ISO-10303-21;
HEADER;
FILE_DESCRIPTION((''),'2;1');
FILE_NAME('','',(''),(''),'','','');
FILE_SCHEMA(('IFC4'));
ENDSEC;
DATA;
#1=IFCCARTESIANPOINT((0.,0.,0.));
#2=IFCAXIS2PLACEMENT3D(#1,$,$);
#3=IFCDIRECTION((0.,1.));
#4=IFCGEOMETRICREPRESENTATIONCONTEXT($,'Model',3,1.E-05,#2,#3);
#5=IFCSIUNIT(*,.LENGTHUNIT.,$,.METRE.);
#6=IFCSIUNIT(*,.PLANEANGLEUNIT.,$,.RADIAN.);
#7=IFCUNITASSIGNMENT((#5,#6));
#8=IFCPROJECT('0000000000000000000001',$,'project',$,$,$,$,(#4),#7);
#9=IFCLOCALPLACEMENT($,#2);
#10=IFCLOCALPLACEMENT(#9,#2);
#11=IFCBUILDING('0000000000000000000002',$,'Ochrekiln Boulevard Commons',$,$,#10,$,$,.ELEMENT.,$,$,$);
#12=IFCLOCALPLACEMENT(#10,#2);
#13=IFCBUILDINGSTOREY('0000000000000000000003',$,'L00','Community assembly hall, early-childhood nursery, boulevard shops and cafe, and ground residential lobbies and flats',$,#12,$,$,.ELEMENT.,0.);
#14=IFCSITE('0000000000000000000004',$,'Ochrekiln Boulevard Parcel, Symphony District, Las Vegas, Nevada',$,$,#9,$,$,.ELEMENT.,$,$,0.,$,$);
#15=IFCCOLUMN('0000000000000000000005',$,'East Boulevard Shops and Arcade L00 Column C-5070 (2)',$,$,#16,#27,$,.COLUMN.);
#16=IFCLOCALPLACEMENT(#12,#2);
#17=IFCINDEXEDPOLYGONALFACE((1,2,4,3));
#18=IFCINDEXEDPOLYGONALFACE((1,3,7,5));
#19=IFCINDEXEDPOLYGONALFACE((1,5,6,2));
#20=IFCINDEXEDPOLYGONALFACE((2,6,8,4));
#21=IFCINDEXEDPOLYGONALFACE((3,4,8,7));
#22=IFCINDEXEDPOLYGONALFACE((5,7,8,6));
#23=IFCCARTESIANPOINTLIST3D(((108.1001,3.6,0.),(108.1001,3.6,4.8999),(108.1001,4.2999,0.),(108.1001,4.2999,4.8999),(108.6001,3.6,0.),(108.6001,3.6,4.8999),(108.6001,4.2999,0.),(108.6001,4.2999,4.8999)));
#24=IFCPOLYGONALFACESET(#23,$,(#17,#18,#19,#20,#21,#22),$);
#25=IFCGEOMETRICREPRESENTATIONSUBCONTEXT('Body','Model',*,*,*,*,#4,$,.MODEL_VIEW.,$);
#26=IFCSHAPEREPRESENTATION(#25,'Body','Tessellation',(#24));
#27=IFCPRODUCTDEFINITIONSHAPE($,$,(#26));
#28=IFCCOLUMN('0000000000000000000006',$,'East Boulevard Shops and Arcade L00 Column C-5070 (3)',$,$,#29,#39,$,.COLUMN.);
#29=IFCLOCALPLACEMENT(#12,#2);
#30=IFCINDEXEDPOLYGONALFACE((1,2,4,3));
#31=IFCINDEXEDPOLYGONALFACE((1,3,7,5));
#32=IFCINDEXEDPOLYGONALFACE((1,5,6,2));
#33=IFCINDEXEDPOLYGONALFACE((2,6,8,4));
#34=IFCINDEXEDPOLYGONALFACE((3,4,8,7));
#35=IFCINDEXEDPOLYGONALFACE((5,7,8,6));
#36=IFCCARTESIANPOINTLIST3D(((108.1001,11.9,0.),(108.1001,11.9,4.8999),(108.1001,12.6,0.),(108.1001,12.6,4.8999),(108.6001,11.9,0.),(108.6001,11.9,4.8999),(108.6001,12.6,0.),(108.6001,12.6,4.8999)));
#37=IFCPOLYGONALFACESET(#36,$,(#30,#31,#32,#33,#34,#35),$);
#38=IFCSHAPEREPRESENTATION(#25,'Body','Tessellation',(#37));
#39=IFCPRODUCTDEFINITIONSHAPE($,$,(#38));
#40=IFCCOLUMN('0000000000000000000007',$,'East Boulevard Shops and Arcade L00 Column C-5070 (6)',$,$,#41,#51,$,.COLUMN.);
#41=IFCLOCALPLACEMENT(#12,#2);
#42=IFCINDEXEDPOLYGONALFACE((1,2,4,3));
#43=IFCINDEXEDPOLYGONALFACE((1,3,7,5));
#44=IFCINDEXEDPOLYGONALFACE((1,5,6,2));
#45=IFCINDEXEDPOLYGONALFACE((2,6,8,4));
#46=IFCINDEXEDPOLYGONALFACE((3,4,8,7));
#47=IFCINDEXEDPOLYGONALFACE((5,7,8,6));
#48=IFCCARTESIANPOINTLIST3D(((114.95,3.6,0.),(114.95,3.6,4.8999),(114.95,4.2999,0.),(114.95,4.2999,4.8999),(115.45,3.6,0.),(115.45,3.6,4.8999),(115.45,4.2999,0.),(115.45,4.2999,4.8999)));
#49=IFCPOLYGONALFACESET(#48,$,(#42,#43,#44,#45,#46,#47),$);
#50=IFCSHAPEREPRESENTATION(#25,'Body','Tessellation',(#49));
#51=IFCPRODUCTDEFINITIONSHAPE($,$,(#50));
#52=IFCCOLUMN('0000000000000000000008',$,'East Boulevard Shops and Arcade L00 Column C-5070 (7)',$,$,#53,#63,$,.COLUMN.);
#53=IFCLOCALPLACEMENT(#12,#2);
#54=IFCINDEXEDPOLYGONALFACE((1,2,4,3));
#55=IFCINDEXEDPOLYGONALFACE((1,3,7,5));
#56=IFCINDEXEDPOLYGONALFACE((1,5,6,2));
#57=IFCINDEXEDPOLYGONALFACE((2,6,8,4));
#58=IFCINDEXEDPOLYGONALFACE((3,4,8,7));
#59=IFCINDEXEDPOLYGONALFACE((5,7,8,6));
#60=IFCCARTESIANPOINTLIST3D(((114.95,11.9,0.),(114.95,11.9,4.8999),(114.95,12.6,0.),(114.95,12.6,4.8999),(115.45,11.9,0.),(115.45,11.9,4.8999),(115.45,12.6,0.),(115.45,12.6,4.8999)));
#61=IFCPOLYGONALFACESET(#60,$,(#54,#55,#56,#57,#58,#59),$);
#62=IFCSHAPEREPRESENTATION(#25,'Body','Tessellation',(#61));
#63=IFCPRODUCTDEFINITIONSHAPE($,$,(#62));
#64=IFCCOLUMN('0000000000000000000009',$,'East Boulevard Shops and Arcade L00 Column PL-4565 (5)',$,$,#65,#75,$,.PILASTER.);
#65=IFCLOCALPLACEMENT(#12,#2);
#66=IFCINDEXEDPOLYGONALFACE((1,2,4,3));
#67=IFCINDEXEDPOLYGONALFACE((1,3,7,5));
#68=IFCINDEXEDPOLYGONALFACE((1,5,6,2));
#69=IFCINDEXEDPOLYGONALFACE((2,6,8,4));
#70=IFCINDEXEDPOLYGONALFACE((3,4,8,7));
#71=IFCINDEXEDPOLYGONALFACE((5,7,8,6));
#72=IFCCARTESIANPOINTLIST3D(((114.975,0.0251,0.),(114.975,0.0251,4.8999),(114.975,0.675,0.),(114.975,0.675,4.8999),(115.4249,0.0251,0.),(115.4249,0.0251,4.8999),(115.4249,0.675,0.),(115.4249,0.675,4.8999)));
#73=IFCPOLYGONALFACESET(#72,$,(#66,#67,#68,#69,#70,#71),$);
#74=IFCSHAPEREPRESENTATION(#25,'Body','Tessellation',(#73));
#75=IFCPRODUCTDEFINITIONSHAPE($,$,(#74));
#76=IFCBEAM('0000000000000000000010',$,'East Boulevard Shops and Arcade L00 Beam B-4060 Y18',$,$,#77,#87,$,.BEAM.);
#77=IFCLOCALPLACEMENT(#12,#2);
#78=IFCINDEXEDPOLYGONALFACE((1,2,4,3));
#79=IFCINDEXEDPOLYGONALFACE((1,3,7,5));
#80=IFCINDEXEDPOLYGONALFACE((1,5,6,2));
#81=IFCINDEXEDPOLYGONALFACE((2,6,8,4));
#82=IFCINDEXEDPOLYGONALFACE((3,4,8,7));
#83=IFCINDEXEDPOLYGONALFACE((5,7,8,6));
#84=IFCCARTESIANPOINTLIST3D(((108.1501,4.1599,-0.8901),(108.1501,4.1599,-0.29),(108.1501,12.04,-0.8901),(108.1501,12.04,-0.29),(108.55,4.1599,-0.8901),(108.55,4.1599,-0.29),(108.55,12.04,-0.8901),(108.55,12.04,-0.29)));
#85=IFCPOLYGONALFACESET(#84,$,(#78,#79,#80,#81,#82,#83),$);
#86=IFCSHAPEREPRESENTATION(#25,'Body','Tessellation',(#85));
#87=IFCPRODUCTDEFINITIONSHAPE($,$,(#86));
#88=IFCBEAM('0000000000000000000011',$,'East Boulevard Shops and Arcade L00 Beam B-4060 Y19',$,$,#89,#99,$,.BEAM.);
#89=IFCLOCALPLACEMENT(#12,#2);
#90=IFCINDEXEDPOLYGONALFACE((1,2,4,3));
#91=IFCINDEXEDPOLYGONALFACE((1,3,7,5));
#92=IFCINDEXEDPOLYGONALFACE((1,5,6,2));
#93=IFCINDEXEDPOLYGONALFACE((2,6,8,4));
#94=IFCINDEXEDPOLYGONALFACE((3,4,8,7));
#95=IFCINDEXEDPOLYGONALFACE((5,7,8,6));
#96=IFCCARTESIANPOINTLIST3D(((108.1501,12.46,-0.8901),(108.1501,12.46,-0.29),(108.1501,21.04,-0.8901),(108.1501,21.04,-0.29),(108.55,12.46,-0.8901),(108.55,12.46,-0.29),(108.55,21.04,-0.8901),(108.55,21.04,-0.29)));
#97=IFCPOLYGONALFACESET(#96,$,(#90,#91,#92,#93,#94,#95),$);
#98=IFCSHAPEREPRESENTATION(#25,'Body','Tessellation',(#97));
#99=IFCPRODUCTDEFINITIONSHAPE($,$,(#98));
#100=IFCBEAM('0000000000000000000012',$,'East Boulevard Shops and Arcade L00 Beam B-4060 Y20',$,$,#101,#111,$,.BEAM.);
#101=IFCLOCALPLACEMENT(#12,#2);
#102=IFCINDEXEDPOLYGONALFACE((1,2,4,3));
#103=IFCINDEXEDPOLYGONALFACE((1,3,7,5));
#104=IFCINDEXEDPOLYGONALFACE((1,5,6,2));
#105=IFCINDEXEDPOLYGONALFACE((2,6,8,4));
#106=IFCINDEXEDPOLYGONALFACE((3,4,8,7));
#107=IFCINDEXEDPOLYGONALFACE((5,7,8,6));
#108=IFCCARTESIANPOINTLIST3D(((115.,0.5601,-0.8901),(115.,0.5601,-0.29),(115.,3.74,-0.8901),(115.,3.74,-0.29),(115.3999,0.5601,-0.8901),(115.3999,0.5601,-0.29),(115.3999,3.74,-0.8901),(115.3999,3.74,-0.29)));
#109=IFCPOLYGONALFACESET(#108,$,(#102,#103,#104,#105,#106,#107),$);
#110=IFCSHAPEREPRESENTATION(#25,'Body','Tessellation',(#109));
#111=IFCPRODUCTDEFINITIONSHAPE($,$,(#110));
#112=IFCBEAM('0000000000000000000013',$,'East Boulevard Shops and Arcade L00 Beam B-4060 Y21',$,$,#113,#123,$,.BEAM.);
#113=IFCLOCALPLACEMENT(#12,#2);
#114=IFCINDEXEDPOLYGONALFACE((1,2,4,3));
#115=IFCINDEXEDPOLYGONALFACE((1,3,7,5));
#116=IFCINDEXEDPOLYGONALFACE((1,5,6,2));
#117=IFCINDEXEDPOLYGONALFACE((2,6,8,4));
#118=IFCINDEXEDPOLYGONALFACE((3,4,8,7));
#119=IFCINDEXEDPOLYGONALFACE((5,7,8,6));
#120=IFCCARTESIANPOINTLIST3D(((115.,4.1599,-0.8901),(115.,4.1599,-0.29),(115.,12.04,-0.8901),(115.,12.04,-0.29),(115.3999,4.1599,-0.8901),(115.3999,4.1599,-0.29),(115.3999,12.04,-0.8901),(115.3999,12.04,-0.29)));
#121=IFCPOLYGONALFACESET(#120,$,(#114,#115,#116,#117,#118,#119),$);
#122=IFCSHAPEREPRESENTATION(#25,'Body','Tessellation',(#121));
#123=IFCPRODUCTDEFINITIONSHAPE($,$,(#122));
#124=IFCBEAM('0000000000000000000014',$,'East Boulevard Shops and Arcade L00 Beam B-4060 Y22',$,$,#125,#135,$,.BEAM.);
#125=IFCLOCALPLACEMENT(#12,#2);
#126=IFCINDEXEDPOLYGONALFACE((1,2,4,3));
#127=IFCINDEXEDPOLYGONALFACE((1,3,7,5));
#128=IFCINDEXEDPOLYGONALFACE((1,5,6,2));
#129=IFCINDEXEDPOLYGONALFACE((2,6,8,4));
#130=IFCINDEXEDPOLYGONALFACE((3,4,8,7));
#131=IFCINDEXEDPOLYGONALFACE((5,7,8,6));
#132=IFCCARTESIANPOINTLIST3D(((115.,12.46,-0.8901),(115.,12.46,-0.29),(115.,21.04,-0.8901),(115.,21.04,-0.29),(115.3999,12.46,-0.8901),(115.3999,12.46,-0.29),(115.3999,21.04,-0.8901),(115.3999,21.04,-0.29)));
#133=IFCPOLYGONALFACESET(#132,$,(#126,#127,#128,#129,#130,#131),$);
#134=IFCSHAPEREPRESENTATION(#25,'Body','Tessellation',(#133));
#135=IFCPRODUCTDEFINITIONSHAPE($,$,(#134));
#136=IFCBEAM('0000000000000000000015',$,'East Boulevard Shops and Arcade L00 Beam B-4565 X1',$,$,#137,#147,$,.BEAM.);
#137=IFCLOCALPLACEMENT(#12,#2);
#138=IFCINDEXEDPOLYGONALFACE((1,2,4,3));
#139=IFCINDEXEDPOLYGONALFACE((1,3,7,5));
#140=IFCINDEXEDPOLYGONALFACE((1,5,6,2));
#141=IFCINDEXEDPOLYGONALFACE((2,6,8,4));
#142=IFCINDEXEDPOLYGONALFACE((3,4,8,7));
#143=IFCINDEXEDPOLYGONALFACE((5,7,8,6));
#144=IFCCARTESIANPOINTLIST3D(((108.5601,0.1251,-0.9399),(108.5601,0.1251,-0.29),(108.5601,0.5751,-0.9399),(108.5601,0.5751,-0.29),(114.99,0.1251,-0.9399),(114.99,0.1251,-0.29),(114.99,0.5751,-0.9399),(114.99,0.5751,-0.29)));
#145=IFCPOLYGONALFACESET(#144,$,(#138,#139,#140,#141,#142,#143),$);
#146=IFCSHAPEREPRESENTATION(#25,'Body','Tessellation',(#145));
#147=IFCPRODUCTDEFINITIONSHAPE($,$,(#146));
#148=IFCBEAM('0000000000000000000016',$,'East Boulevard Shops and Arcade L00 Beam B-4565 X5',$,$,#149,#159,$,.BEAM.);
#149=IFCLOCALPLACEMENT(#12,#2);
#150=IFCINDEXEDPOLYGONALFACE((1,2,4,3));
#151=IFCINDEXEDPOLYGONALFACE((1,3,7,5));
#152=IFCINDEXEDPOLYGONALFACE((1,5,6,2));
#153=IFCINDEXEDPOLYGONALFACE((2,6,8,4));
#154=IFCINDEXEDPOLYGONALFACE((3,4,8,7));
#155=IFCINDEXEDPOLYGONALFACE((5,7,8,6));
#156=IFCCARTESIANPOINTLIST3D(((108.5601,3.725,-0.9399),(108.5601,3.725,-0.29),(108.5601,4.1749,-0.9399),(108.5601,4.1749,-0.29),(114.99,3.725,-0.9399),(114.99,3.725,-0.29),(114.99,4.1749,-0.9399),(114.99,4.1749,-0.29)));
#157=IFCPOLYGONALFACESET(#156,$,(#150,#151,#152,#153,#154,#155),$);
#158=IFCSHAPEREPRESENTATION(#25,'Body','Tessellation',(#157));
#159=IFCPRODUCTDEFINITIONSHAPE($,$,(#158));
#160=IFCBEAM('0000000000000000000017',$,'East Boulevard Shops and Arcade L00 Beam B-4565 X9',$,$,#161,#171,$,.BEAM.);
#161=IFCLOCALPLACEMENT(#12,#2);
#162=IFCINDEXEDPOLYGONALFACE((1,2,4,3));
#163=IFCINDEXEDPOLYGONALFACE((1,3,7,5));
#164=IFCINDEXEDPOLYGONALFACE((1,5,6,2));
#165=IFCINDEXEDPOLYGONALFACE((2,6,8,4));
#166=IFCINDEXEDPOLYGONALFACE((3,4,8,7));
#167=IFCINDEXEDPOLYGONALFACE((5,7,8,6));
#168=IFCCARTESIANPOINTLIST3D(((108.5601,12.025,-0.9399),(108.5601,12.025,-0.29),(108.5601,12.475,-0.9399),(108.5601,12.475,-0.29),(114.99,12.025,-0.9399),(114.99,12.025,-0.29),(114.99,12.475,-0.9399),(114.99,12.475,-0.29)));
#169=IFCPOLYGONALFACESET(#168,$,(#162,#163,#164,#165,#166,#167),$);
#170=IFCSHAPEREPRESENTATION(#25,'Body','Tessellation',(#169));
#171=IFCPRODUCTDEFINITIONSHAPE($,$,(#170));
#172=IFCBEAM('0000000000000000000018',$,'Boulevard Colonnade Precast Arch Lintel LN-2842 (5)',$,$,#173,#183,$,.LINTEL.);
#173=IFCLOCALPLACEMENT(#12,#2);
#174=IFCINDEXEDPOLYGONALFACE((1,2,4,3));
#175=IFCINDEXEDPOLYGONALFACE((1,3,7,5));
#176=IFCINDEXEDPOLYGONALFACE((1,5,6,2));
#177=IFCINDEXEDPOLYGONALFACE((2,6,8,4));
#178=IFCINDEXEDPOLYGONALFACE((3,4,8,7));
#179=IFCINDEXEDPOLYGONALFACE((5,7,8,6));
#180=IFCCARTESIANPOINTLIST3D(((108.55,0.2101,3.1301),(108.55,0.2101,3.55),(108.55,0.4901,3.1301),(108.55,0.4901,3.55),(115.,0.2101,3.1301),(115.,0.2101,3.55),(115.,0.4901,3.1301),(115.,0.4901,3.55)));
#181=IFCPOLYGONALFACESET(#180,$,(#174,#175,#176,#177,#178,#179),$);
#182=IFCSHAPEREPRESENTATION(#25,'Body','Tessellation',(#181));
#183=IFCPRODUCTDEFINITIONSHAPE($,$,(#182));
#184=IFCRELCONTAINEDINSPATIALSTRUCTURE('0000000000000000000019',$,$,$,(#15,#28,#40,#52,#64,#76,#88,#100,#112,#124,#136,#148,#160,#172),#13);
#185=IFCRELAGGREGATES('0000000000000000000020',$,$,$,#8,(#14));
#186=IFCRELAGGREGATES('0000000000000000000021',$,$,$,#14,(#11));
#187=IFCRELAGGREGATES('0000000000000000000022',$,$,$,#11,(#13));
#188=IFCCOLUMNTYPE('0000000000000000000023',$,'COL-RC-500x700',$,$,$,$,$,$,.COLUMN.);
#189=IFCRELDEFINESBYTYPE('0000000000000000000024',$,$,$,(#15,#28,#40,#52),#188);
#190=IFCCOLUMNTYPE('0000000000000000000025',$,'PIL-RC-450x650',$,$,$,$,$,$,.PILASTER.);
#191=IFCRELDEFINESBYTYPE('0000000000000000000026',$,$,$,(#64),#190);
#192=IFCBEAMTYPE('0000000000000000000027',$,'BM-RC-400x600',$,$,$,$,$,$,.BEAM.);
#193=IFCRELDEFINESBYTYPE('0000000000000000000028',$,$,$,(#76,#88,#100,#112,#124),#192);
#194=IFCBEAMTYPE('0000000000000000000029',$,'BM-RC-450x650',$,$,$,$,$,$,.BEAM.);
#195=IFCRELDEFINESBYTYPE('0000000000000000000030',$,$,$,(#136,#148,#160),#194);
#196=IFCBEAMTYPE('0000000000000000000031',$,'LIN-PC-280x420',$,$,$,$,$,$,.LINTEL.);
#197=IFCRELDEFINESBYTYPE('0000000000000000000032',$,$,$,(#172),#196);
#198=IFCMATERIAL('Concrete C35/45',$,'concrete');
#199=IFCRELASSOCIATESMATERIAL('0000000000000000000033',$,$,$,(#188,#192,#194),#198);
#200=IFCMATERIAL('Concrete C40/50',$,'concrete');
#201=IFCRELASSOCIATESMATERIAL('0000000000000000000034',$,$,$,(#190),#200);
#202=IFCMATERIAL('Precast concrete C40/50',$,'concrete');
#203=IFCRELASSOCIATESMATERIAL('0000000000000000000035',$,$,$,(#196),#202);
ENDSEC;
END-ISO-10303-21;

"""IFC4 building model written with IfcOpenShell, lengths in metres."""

from ifc_helpers import new_model, si_unit, direction, frame, origin, origin_2d, place, context, subcontext, project, spatial, rectangle, extrude, material, material_profile, profile_set, type_object, element, save


model = new_model("IFC4")

# Units and contexts
model_context = context("Model", 3, precision=1e-05, world=origin(), true_north=direction((0.0, 1.0)))
body_context = subcontext(model_context, "Body", "Model", "MODEL_VIEW")
ifc_project = project(units=[si_unit("LENGTHUNIT", "METRE"), si_unit("PLANEANGLEUNIT", "RADIAN")], contexts=[model_context])

# Site, building, storey
site_placement = place(None, origin())
site = spatial("IfcSite", under=ifc_project, at=site_placement, Name="Ochrekiln Boulevard Parcel, Symphony District, Las Vegas, Nevada", CompositionType="ELEMENT", RefElevation=0.0)
building_placement = place(site_placement, origin())
building = spatial("IfcBuilding", under=site, at=building_placement, Name="Ochrekiln Boulevard Commons", CompositionType="ELEMENT")
storey_placement = place(building_placement, origin())
storey = spatial("IfcBuildingStorey", under=building, at=storey_placement, Name="L00", Description="Community assembly hall, early-childhood nursery, boulevard shops and cafe, and ground residential lobbies and flats", CompositionType="ELEMENT", Elevation=0.0)

# Columns
ifc_material_1 = material(Name="Concrete C35/45", Category="concrete")
ifc_material_profile_1 = material_profile(ifc_material_1, rectangle(XDim=0.5, YDim=0.7, at=origin_2d()), Name="RC-COL-500x700")
ifc_profile_set_1 = profile_set([ifc_material_profile_1], Name="Concrete C35/45")
column_type_1 = type_object("IfcColumnType", Name="COL-RC-500x700", PredefinedType="COLUMN", material=ifc_profile_set_1)
for number, where, z_axis, x_axis, name in (
    (1, (108.3501, 3.95, 0.0), (0.0, 0.0, 1.0), (1.0, 0.0, 0.0), "East Boulevard Shops and Arcade L00 Column C-5070 (2)"),
    (2, (108.3501, 12.25, 0.0), (0.0, 0.0, 1.0), (1.0, 0.0, 0.0), "East Boulevard Shops and Arcade L00 Column C-5070 (3)"),
    (3, (115.2, 3.95, 0.0), (0.0, 0.0, 1.0), (1.0, 0.0, 0.0), "East Boulevard Shops and Arcade L00 Column C-5070 (6)"),
    (4, (115.2, 12.25, 0.0), (0.0, 0.0, 1.0), (1.0, 0.0, 0.0), "East Boulevard Shops and Arcade L00 Column C-5070 (7)"),
):
    element("IfcColumn", number, at=place(storey_placement, frame(where, z_axis=z_axis, x_axis=x_axis)), inside=storey, type_object=column_type_1, Name=name, PredefinedType="COLUMN", context=body_context, shape_type="SweptSolid", body=[
        extrude(rectangle(XDim=0.5, YDim=0.7, at=origin_2d()), origin(), (0.0, 0.0, 1.0), 4.8999),
    ])
ifc_material_2 = material(Name="Concrete C40/50", Category="concrete")
ifc_material_profile_2 = material_profile(ifc_material_2, rectangle(XDim=0.45, YDim=0.6499, at=origin_2d()), Name="RC-PIL-450x650")
ifc_profile_set_2 = profile_set([ifc_material_profile_2], Name="Concrete C40/50")
column_type_2 = type_object("IfcColumnType", Name="PIL-RC-450x650", PredefinedType="PILASTER", material=ifc_profile_set_2)
column_placement = place(storey_placement, frame((115.2, 0.3501, 0.0), z_axis=(0.0, 0.0, 1.0), x_axis=(1.0, 0.0, 0.0)))
element("IfcColumn", 5, at=column_placement, inside=storey, type_object=column_type_2, Name="East Boulevard Shops and Arcade L00 Column PL-4565 (5)", PredefinedType="PILASTER", context=body_context, shape_type="SweptSolid", body=[
    extrude(rectangle(XDim=0.45, YDim=0.6499, at=origin_2d()), origin(), (0.0, 0.0, 1.0), 4.8999),
])

# Beams
ifc_material_profile_3 = material_profile(ifc_material_1, rectangle(XDim=0.3999, YDim=0.6001, at=origin_2d()), Name="RC-BM-400x600")
ifc_profile_set_3 = profile_set([ifc_material_profile_3], Name="Concrete C35/45")
beam_type_1 = type_object("IfcBeamType", Name="BM-RC-400x600", PredefinedType="BEAM", material=ifc_profile_set_3)
beam_1_placement = place(storey_placement, frame((108.3501, 4.1599, -0.5901), z_axis=(0.0, 1.0, 0.0), x_axis=(-1.0, 0.0, 0.0)))
element("IfcBeam", 6, at=beam_1_placement, inside=storey, type_object=beam_type_1, Name="East Boulevard Shops and Arcade L00 Beam B-4060 Y18", PredefinedType="BEAM", context=body_context, shape_type="SweptSolid", body=[
    extrude(rectangle(XDim=0.3999, YDim=0.6001, at=origin_2d()), origin(), (0.0, 0.0, 1.0), 7.8801),
])
beam_2_placement = place(storey_placement, frame((108.3501, 12.46, -0.5901), z_axis=(0.0, 1.0, 0.0), x_axis=(-1.0, 0.0, 0.0)))
element("IfcBeam", 7, at=beam_2_placement, inside=storey, type_object=beam_type_1, Name="East Boulevard Shops and Arcade L00 Beam B-4060 Y19", PredefinedType="BEAM", context=body_context, shape_type="SweptSolid", body=[
    extrude(rectangle(XDim=0.3999, YDim=0.6001, at=origin_2d()), origin(), (0.0, 0.0, 1.0), 8.5801),
])
beam_3_placement = place(storey_placement, frame((115.2, 0.5601, -0.5901), z_axis=(0.0, 1.0, 0.0), x_axis=(-1.0, 0.0, 0.0)))
element("IfcBeam", 8, at=beam_3_placement, inside=storey, type_object=beam_type_1, Name="East Boulevard Shops and Arcade L00 Beam B-4060 Y20", PredefinedType="BEAM", context=body_context, shape_type="SweptSolid", body=[
    extrude(rectangle(XDim=0.3999, YDim=0.6001, at=origin_2d()), origin(), (0.0, 0.0, 1.0), 3.1799),
])
beam_4_placement = place(storey_placement, frame((115.2, 4.1599, -0.5901), z_axis=(0.0, 1.0, 0.0), x_axis=(-1.0, 0.0, 0.0)))
element("IfcBeam", 9, at=beam_4_placement, inside=storey, type_object=beam_type_1, Name="East Boulevard Shops and Arcade L00 Beam B-4060 Y21", PredefinedType="BEAM", context=body_context, shape_type="SweptSolid", body=[
    extrude(rectangle(XDim=0.3999, YDim=0.6001, at=origin_2d()), origin(), (0.0, 0.0, 1.0), 7.8801),
])
beam_5_placement = place(storey_placement, frame((115.2, 12.46, -0.5901), z_axis=(0.0, 1.0, 0.0), x_axis=(-1.0, 0.0, 0.0)))
element("IfcBeam", 10, at=beam_5_placement, inside=storey, type_object=beam_type_1, Name="East Boulevard Shops and Arcade L00 Beam B-4060 Y22", PredefinedType="BEAM", context=body_context, shape_type="SweptSolid", body=[
    extrude(rectangle(XDim=0.3999, YDim=0.6001, at=origin_2d()), origin(), (0.0, 0.0, 1.0), 8.5801),
])
ifc_material_profile_4 = material_profile(ifc_material_1, rectangle(XDim=0.45, YDim=0.6499, at=origin_2d()), Name="RC-BM-450x650")
ifc_profile_set_4 = profile_set([ifc_material_profile_4], Name="Concrete C35/45")
beam_type_2 = type_object("IfcBeamType", Name="BM-RC-450x650", PredefinedType="BEAM", material=ifc_profile_set_4)
for number, where, z_axis, x_axis, name in (
    (11, (108.5601, 0.3501, -0.615), (1.0, 0.0, 0.0), (0.0, 1.0, 0.0), "East Boulevard Shops and Arcade L00 Beam B-4565 X1"),
    (12, (108.5601, 3.95, -0.615), (1.0, 0.0, 0.0), (0.0, 1.0, 0.0), "East Boulevard Shops and Arcade L00 Beam B-4565 X5"),
    (13, (108.5601, 12.25, -0.615), (1.0, 0.0, 0.0), (0.0, 1.0, 0.0), "East Boulevard Shops and Arcade L00 Beam B-4565 X9"),
):
    element("IfcBeam", number, at=place(storey_placement, frame(where, z_axis=z_axis, x_axis=x_axis)), inside=storey, type_object=beam_type_2, Name=name, PredefinedType="BEAM", context=body_context, shape_type="SweptSolid", body=[
        extrude(rectangle(XDim=0.45, YDim=0.6499, at=origin_2d()), origin(), (0.0, 0.0, 1.0), 6.4299),
    ])
ifc_material_3 = material(Name="Precast concrete C40/50", Category="concrete")
ifc_material_profile_5 = material_profile(ifc_material_3, rectangle(XDim=0.28, YDim=0.4199, at=origin_2d()), Name="RC-LIN-280x420")
ifc_profile_set_5 = profile_set([ifc_material_profile_5], Name="Precast concrete C40/50")
beam_type_3 = type_object("IfcBeamType", Name="LIN-PC-280x420", PredefinedType="LINTEL", material=ifc_profile_set_5)
beam_6_placement = place(storey_placement, frame((108.55, 0.3501, 3.3401), z_axis=(1.0, 0.0, 0.0), x_axis=(0.0, 1.0, 0.0)))
element("IfcBeam", 14, at=beam_6_placement, inside=storey, type_object=beam_type_3, Name="Boulevard Colonnade Precast Arch Lintel LN-2842 (5)", PredefinedType="LINTEL", context=body_context, shape_type="SweptSolid", body=[
    extrude(rectangle(XDim=0.28, YDim=0.4199, at=origin_2d()), origin(), (0.0, 0.0, 1.0), 6.45),
])

save(model, "model.ifc")
